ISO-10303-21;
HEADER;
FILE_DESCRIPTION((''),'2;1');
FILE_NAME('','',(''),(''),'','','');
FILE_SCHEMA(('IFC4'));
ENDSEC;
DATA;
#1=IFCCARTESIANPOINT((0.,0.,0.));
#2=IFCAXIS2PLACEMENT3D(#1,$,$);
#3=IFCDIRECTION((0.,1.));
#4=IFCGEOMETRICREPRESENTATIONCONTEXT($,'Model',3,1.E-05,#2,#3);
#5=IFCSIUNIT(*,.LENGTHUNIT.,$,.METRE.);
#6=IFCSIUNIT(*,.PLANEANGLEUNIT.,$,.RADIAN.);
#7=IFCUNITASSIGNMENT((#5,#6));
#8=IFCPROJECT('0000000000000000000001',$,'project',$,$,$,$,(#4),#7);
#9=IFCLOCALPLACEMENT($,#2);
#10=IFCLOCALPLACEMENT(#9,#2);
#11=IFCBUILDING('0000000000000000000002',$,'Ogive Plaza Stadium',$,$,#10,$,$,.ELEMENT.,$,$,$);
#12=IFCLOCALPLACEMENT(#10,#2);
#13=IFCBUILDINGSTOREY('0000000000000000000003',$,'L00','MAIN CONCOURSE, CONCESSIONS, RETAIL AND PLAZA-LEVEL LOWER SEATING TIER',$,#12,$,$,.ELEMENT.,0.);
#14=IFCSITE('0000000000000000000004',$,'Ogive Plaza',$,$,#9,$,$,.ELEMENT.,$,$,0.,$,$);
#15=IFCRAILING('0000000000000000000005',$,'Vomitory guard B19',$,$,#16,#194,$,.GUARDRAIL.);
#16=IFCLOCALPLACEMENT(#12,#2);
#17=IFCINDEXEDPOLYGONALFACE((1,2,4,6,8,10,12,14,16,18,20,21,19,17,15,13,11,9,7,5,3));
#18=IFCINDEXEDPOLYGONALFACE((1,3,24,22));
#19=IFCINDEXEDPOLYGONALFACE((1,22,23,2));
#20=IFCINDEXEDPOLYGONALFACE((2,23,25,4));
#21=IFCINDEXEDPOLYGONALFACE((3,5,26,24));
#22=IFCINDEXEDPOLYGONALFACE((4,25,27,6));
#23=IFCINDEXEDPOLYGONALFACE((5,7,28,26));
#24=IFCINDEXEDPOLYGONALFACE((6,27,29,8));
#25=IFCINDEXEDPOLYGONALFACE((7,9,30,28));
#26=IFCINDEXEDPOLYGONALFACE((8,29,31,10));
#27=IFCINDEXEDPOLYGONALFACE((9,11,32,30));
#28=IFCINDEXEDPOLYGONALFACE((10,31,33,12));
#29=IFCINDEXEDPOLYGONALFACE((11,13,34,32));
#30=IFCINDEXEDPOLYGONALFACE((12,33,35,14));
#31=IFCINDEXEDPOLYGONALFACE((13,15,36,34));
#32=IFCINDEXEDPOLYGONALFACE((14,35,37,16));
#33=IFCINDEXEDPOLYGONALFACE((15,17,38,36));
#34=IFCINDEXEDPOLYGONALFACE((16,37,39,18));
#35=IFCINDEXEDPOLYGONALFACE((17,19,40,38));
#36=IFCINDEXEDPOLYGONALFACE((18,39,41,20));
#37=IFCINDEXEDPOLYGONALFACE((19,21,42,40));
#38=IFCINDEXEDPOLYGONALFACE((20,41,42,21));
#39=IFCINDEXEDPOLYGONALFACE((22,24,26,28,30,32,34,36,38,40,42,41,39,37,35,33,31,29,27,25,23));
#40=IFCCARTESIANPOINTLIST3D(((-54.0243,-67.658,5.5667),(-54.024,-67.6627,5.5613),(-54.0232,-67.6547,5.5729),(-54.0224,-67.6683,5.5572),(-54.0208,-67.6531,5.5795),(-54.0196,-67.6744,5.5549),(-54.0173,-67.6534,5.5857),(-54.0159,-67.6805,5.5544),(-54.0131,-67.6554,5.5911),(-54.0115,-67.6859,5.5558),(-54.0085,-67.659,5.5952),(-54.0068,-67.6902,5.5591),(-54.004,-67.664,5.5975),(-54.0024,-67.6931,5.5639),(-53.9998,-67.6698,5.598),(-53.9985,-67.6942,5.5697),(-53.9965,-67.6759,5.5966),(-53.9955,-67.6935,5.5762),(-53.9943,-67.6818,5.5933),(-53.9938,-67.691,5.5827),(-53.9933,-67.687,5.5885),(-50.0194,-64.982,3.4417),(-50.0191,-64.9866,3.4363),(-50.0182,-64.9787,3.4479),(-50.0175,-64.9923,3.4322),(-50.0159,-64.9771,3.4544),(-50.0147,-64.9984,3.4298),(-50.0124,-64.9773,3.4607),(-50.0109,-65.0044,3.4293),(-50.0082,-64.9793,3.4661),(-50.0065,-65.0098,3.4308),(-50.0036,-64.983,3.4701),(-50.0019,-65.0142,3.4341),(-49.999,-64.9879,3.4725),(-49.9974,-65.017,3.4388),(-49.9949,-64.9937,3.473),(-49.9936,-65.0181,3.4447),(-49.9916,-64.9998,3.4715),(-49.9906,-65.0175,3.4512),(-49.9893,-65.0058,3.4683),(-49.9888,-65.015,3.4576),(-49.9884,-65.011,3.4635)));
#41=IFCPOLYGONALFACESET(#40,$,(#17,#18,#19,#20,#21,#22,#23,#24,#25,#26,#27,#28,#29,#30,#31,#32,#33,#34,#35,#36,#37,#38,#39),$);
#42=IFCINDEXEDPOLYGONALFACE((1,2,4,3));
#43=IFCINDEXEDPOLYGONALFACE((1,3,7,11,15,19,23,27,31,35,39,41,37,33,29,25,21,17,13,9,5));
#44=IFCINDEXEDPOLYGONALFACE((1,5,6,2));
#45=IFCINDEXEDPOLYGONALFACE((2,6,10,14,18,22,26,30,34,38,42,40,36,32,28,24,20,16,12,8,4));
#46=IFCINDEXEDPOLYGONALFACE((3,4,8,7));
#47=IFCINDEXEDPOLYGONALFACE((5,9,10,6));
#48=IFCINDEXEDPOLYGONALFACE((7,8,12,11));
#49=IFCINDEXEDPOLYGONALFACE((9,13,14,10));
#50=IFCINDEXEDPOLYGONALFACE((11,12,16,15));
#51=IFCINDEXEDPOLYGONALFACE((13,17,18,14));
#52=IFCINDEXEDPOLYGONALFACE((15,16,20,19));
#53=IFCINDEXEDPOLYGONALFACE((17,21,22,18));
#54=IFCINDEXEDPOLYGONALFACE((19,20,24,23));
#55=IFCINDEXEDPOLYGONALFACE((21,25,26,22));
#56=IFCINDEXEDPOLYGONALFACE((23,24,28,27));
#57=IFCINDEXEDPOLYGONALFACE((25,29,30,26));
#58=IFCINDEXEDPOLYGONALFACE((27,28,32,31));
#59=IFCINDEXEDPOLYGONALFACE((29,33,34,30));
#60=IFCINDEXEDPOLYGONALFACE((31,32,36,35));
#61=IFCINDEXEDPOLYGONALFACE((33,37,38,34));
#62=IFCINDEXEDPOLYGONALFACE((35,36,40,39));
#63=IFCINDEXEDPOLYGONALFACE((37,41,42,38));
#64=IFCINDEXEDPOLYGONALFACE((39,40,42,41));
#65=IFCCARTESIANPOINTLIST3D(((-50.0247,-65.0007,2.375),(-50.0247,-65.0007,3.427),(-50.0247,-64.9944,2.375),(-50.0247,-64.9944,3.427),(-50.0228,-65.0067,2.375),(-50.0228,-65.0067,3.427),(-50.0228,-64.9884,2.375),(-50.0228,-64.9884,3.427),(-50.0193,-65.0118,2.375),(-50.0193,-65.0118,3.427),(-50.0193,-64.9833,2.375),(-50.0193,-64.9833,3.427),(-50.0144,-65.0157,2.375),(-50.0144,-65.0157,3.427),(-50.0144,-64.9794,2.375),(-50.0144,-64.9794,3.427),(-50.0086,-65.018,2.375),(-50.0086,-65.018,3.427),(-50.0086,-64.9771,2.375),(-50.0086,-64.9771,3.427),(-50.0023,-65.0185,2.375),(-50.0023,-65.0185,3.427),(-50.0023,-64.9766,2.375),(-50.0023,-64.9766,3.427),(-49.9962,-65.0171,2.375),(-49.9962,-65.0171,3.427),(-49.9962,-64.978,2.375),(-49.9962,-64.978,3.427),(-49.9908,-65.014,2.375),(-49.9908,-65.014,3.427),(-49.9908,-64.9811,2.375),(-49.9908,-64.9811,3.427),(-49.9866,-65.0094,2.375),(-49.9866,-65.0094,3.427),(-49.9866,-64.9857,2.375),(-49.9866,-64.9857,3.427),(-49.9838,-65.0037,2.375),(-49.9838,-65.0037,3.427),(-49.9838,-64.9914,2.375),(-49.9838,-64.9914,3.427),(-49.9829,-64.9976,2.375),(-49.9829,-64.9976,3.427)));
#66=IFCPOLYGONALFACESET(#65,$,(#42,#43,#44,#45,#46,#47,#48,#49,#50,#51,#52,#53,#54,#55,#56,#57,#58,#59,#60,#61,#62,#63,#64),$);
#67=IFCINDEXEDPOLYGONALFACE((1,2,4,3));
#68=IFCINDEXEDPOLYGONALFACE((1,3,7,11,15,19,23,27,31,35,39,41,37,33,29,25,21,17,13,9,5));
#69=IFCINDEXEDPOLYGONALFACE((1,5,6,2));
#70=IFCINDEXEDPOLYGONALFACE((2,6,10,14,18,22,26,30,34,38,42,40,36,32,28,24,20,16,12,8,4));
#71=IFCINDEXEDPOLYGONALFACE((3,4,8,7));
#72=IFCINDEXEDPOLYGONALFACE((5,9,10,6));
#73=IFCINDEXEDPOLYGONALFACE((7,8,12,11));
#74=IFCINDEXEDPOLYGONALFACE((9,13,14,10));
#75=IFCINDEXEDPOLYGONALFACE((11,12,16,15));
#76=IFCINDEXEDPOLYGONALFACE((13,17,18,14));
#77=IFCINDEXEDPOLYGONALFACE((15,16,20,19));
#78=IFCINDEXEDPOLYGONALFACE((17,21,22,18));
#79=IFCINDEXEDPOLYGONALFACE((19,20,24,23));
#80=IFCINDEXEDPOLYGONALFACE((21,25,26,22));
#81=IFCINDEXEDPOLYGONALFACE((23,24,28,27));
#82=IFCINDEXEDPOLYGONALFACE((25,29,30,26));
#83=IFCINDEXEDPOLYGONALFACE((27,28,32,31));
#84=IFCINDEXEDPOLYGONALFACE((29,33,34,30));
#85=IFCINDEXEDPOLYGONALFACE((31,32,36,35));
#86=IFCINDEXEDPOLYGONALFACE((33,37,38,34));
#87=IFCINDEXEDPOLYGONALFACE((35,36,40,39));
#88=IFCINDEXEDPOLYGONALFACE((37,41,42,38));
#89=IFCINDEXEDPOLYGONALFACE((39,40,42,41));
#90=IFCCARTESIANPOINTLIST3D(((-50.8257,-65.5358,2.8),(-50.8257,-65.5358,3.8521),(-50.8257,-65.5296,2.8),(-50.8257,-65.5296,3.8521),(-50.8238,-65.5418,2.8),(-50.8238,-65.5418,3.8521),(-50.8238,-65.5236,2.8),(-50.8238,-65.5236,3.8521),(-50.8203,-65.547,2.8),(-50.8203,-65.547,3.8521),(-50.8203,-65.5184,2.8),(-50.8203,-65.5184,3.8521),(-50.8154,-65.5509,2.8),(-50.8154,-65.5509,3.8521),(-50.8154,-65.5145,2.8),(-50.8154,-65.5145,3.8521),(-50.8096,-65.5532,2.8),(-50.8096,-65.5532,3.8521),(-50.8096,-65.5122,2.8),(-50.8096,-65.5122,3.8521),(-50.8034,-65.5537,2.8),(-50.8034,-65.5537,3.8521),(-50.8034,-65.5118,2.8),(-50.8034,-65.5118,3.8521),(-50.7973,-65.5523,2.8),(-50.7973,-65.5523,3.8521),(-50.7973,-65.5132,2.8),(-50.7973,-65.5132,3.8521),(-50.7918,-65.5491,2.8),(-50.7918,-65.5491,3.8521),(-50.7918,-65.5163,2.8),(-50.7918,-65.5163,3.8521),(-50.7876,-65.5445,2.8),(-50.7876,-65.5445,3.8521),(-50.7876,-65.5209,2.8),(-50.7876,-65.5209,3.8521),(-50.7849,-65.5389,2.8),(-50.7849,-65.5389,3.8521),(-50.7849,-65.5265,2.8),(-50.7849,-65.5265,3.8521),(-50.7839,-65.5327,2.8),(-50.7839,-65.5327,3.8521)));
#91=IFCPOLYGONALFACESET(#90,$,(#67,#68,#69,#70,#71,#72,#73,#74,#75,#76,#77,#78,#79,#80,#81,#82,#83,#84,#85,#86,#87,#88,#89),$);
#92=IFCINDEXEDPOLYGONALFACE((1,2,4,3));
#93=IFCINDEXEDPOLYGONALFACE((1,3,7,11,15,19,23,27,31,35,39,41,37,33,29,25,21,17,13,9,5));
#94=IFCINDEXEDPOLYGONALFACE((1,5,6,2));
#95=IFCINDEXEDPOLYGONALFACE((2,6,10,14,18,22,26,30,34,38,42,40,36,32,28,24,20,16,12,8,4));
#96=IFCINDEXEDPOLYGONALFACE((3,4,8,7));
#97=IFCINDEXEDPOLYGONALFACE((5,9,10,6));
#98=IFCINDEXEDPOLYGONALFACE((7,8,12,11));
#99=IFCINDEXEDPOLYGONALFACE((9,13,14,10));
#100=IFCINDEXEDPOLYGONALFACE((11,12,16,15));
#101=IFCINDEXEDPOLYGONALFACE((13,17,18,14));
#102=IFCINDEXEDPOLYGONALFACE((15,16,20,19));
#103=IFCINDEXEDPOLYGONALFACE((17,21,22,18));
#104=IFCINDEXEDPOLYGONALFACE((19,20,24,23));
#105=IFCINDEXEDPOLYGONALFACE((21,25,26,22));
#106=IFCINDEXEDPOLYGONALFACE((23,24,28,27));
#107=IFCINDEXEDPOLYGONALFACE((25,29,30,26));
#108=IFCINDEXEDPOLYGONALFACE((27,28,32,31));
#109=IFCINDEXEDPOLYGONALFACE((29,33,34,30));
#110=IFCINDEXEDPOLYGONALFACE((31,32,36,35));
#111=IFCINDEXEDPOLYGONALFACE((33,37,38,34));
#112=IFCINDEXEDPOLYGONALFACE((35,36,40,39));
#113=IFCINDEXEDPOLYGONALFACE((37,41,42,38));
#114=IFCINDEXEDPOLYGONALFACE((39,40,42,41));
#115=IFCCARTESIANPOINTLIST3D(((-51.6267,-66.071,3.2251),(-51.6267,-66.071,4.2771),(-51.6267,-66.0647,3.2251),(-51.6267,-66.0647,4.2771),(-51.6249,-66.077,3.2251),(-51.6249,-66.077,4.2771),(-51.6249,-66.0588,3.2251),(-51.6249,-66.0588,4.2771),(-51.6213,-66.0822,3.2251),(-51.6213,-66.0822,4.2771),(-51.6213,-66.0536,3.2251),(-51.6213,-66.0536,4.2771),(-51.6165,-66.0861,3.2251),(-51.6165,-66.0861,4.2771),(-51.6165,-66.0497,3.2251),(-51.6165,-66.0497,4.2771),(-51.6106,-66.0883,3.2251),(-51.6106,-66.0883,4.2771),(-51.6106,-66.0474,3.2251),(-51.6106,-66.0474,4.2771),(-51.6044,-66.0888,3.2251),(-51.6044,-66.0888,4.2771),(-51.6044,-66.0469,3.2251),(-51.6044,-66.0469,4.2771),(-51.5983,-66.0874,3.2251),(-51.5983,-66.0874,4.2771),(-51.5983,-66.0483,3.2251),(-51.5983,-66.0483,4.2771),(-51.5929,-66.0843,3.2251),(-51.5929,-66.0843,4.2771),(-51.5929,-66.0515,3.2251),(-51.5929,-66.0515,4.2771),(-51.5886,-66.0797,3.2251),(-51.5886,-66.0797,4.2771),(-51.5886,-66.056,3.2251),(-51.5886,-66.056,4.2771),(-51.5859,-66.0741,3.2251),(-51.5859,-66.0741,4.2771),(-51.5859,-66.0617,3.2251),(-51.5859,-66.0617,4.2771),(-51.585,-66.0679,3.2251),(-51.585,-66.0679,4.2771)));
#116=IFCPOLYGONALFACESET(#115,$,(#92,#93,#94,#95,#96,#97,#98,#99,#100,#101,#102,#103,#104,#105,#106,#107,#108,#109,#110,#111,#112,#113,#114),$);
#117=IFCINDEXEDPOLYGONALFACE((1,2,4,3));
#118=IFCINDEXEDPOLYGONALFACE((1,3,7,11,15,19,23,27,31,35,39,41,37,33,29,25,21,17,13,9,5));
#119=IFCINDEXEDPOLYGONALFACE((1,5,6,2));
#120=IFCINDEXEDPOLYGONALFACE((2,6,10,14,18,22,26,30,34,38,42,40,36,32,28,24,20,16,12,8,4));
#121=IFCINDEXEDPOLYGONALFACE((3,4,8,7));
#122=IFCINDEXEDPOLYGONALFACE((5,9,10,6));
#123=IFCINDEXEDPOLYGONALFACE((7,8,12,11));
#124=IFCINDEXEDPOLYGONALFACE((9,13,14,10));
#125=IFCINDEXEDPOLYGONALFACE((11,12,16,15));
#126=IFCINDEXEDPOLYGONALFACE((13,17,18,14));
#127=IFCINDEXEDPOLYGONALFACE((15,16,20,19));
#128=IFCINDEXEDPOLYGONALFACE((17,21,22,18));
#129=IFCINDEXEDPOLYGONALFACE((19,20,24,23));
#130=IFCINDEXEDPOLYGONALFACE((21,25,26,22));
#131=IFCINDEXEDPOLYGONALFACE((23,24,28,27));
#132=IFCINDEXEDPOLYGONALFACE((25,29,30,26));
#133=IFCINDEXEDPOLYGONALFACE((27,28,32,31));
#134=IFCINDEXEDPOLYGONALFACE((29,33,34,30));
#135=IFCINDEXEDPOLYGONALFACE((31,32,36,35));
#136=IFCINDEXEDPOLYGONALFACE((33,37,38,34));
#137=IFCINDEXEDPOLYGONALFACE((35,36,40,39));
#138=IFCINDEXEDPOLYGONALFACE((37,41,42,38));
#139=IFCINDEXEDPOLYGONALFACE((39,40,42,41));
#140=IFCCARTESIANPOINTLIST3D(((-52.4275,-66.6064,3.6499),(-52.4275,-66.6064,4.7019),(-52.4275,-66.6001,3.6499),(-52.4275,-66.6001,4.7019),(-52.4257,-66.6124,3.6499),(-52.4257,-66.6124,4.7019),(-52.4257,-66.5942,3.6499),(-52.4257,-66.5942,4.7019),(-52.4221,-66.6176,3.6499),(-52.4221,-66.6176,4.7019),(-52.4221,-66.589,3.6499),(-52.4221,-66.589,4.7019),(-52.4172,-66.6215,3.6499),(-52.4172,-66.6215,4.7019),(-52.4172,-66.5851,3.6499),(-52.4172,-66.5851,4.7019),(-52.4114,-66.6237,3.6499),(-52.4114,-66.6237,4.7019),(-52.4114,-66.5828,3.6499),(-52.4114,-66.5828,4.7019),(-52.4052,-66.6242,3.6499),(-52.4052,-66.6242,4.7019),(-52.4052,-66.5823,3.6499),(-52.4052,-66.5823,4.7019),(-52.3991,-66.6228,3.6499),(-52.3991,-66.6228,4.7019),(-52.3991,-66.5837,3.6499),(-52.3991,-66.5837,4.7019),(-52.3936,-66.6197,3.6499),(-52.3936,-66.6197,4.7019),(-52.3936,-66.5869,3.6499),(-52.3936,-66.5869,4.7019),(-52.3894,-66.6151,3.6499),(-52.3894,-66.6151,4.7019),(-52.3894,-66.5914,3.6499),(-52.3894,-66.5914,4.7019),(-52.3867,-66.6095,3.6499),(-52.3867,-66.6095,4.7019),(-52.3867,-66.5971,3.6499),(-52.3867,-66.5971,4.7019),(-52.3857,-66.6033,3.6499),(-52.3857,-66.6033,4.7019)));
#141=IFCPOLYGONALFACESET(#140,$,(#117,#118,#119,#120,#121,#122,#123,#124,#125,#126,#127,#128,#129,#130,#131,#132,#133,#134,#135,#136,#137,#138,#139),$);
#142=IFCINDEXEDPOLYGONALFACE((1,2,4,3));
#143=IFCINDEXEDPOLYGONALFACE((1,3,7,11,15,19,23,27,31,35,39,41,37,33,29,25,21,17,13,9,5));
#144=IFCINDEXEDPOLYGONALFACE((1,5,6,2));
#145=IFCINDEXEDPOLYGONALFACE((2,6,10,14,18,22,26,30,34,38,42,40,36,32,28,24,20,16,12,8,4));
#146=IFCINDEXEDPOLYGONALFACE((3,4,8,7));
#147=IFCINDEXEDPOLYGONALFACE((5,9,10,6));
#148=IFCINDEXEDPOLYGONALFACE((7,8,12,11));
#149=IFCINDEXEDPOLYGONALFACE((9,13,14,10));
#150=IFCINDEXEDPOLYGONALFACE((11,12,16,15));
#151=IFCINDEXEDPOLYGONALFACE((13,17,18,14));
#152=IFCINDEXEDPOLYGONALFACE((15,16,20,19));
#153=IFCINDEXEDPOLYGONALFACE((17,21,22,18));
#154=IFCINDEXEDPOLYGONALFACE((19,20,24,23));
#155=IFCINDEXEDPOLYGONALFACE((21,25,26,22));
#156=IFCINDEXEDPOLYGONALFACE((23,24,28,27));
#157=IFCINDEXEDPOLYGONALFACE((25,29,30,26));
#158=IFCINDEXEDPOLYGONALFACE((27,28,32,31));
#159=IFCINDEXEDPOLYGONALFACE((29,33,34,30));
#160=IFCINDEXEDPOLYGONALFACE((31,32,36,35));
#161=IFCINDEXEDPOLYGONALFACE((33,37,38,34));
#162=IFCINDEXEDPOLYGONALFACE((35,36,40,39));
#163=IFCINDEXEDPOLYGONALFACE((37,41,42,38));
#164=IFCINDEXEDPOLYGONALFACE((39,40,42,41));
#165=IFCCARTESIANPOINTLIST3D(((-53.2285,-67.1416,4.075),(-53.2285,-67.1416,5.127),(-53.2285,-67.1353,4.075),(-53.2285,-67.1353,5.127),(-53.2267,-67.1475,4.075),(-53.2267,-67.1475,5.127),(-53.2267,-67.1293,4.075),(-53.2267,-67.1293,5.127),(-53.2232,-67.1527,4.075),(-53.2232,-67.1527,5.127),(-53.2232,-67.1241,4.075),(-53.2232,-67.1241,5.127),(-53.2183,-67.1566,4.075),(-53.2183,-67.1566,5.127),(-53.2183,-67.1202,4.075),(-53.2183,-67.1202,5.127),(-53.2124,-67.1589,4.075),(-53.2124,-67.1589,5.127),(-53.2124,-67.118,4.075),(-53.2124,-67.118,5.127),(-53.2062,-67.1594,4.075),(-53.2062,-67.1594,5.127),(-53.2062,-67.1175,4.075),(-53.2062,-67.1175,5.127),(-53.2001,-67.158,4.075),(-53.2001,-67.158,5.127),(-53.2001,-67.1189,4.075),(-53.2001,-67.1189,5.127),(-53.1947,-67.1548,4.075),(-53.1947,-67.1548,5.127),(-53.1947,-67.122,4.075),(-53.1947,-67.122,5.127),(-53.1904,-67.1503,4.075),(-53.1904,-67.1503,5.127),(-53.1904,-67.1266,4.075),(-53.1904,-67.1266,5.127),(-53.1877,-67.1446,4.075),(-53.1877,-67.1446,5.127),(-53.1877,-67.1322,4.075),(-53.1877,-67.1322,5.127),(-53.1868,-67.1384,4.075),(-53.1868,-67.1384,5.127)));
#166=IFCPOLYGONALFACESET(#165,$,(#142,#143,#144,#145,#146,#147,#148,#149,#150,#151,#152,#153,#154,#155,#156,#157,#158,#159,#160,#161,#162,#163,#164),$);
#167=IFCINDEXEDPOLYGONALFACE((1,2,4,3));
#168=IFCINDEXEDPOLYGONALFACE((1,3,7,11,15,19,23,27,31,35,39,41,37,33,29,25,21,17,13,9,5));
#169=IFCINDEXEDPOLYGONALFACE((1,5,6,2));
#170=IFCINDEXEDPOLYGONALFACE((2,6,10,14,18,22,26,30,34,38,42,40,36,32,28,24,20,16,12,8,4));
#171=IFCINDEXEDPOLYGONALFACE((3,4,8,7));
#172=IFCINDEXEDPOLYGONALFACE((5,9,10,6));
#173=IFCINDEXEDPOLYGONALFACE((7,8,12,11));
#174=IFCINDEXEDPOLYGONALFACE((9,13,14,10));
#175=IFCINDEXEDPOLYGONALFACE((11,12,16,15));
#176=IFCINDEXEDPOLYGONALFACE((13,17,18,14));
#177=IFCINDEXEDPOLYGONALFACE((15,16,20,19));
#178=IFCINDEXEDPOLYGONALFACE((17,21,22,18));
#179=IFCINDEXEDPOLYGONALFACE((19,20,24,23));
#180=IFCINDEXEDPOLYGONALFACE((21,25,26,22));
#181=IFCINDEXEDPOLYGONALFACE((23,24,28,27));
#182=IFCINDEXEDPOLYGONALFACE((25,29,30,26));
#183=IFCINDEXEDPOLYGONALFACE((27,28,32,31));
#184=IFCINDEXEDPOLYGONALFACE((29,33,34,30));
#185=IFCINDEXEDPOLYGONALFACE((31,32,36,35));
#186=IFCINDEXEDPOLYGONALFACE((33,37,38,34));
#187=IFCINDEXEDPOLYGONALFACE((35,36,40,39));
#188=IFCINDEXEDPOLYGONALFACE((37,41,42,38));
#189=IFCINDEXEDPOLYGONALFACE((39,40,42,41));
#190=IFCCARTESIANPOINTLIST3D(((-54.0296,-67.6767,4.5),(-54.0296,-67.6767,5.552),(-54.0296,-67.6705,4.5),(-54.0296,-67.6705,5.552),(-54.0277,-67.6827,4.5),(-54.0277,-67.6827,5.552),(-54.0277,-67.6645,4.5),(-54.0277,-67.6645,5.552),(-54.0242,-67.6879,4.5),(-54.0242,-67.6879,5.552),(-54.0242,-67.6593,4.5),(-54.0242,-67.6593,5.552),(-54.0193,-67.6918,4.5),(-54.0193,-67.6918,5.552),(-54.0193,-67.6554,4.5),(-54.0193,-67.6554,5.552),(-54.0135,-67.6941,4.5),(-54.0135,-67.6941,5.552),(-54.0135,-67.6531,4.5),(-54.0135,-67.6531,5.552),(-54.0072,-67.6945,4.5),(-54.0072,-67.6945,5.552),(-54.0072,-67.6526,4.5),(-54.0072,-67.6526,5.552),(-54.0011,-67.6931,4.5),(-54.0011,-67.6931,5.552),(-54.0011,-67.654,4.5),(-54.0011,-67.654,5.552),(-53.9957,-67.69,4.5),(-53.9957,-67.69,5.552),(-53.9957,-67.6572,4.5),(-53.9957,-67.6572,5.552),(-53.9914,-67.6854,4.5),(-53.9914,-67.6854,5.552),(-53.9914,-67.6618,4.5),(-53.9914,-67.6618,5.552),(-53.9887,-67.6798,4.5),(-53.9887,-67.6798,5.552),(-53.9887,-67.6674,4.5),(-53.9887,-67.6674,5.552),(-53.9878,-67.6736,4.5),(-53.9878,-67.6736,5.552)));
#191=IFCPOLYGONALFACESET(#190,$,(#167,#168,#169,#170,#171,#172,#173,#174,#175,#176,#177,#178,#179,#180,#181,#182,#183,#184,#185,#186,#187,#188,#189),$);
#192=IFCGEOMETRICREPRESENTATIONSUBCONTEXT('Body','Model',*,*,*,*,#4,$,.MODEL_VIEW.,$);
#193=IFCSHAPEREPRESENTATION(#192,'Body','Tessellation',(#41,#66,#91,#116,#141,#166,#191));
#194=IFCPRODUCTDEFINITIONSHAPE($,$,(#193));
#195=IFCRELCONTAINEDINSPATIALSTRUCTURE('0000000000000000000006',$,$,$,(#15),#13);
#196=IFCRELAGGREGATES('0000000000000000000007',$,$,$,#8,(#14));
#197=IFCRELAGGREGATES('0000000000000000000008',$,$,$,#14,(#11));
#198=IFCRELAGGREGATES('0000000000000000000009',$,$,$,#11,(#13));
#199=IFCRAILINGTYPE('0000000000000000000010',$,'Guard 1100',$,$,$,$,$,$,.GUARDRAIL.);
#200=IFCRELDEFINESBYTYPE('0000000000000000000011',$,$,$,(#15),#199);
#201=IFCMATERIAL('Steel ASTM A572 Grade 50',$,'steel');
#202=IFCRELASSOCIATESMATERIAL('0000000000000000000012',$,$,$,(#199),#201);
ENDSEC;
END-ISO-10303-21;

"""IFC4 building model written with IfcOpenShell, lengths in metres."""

from ifc_helpers import new_model, si_unit, direction, frame, origin, origin_2d, place, context, subcontext, project, spatial, circle, extrude, material, type_object, element, save


model = new_model("IFC4")

# Units and contexts
model_context = context("Model", 3, precision=1e-05, world=origin(), true_north=direction((0.0, 1.0)))
body_context = subcontext(model_context, "Body", "Model", "MODEL_VIEW")
ifc_project = project(units=[si_unit("LENGTHUNIT", "METRE"), si_unit("PLANEANGLEUNIT", "RADIAN")], contexts=[model_context])

# Site, building, storey
site_placement = place(None, origin())
site = spatial("IfcSite", under=ifc_project, at=site_placement, Name="Ogive Plaza", CompositionType="ELEMENT", RefElevation=0.0)
building_placement = place(site_placement, origin())
building = spatial("IfcBuilding", under=site, at=building_placement, Name="Ogive Plaza Stadium", CompositionType="ELEMENT")
storey_placement = place(building_placement, origin())
storey = spatial("IfcBuildingStorey", under=building, at=storey_placement, Name="L00", Description="MAIN CONCOURSE, CONCESSIONS, RETAIL AND PLAZA-LEVEL LOWER SEATING TIER", CompositionType="ELEMENT", Elevation=0.0)

# Railing
ifc_material_1 = material(Name="Steel ASTM A572 Grade 50", Category="steel")
railing_type = type_object("IfcRailingType", Name="Guard 1100", PredefinedType="GUARDRAIL", material=ifc_material_1)
for number, where, name in (
    (1, (-50.0039, -64.9976, 2.375), "Vomitory guard B19"),
):
    element("IfcRailing", number, at=place(storey_placement, frame(where)), inside=storey, type_object=railing_type, Name=name, PredefinedType="GUARDRAIL", context=body_context, shape_type="SweptSolid", body=[
        extrude(circle(Radius=0.0239, at=origin_2d()), frame((0.0, 0.0, 1.0762), z_axis=(-0.760722, -0.508307, 0.403641), x_axis=(0.555577, -0.831465, 0.0)), (0.0, 0.0, 1.0), 5.2646),
        extrude(circle(Radius=0.021, at=origin_2d()), origin(), (0.0, 0.0, 1.0), 1.052),
        extrude(circle(Radius=0.021, at=origin_2d()), frame((-0.801, -0.5352, 0.425)), (0.0, 0.0, 1.0), 1.052),
        extrude(circle(Radius=0.021, at=origin_2d()), frame((-1.6021, -1.0703, 0.8501)), (0.0, 0.0, 1.0), 1.052),
        extrude(circle(Radius=0.021, at=origin_2d()), frame((-2.4028, -1.6057, 1.2749)), (0.0, 0.0, 1.0), 1.052),
        extrude(circle(Radius=0.021, at=origin_2d()), frame((-3.2039, -2.1409, 1.7)), (0.0, 0.0, 1.0), 1.052),
        extrude(circle(Radius=0.021, at=origin_2d()), frame((-4.0049, -2.676, 2.125)), (0.0, 0.0, 1.0), 1.052),
    ])

save(model, "model.ifc")
